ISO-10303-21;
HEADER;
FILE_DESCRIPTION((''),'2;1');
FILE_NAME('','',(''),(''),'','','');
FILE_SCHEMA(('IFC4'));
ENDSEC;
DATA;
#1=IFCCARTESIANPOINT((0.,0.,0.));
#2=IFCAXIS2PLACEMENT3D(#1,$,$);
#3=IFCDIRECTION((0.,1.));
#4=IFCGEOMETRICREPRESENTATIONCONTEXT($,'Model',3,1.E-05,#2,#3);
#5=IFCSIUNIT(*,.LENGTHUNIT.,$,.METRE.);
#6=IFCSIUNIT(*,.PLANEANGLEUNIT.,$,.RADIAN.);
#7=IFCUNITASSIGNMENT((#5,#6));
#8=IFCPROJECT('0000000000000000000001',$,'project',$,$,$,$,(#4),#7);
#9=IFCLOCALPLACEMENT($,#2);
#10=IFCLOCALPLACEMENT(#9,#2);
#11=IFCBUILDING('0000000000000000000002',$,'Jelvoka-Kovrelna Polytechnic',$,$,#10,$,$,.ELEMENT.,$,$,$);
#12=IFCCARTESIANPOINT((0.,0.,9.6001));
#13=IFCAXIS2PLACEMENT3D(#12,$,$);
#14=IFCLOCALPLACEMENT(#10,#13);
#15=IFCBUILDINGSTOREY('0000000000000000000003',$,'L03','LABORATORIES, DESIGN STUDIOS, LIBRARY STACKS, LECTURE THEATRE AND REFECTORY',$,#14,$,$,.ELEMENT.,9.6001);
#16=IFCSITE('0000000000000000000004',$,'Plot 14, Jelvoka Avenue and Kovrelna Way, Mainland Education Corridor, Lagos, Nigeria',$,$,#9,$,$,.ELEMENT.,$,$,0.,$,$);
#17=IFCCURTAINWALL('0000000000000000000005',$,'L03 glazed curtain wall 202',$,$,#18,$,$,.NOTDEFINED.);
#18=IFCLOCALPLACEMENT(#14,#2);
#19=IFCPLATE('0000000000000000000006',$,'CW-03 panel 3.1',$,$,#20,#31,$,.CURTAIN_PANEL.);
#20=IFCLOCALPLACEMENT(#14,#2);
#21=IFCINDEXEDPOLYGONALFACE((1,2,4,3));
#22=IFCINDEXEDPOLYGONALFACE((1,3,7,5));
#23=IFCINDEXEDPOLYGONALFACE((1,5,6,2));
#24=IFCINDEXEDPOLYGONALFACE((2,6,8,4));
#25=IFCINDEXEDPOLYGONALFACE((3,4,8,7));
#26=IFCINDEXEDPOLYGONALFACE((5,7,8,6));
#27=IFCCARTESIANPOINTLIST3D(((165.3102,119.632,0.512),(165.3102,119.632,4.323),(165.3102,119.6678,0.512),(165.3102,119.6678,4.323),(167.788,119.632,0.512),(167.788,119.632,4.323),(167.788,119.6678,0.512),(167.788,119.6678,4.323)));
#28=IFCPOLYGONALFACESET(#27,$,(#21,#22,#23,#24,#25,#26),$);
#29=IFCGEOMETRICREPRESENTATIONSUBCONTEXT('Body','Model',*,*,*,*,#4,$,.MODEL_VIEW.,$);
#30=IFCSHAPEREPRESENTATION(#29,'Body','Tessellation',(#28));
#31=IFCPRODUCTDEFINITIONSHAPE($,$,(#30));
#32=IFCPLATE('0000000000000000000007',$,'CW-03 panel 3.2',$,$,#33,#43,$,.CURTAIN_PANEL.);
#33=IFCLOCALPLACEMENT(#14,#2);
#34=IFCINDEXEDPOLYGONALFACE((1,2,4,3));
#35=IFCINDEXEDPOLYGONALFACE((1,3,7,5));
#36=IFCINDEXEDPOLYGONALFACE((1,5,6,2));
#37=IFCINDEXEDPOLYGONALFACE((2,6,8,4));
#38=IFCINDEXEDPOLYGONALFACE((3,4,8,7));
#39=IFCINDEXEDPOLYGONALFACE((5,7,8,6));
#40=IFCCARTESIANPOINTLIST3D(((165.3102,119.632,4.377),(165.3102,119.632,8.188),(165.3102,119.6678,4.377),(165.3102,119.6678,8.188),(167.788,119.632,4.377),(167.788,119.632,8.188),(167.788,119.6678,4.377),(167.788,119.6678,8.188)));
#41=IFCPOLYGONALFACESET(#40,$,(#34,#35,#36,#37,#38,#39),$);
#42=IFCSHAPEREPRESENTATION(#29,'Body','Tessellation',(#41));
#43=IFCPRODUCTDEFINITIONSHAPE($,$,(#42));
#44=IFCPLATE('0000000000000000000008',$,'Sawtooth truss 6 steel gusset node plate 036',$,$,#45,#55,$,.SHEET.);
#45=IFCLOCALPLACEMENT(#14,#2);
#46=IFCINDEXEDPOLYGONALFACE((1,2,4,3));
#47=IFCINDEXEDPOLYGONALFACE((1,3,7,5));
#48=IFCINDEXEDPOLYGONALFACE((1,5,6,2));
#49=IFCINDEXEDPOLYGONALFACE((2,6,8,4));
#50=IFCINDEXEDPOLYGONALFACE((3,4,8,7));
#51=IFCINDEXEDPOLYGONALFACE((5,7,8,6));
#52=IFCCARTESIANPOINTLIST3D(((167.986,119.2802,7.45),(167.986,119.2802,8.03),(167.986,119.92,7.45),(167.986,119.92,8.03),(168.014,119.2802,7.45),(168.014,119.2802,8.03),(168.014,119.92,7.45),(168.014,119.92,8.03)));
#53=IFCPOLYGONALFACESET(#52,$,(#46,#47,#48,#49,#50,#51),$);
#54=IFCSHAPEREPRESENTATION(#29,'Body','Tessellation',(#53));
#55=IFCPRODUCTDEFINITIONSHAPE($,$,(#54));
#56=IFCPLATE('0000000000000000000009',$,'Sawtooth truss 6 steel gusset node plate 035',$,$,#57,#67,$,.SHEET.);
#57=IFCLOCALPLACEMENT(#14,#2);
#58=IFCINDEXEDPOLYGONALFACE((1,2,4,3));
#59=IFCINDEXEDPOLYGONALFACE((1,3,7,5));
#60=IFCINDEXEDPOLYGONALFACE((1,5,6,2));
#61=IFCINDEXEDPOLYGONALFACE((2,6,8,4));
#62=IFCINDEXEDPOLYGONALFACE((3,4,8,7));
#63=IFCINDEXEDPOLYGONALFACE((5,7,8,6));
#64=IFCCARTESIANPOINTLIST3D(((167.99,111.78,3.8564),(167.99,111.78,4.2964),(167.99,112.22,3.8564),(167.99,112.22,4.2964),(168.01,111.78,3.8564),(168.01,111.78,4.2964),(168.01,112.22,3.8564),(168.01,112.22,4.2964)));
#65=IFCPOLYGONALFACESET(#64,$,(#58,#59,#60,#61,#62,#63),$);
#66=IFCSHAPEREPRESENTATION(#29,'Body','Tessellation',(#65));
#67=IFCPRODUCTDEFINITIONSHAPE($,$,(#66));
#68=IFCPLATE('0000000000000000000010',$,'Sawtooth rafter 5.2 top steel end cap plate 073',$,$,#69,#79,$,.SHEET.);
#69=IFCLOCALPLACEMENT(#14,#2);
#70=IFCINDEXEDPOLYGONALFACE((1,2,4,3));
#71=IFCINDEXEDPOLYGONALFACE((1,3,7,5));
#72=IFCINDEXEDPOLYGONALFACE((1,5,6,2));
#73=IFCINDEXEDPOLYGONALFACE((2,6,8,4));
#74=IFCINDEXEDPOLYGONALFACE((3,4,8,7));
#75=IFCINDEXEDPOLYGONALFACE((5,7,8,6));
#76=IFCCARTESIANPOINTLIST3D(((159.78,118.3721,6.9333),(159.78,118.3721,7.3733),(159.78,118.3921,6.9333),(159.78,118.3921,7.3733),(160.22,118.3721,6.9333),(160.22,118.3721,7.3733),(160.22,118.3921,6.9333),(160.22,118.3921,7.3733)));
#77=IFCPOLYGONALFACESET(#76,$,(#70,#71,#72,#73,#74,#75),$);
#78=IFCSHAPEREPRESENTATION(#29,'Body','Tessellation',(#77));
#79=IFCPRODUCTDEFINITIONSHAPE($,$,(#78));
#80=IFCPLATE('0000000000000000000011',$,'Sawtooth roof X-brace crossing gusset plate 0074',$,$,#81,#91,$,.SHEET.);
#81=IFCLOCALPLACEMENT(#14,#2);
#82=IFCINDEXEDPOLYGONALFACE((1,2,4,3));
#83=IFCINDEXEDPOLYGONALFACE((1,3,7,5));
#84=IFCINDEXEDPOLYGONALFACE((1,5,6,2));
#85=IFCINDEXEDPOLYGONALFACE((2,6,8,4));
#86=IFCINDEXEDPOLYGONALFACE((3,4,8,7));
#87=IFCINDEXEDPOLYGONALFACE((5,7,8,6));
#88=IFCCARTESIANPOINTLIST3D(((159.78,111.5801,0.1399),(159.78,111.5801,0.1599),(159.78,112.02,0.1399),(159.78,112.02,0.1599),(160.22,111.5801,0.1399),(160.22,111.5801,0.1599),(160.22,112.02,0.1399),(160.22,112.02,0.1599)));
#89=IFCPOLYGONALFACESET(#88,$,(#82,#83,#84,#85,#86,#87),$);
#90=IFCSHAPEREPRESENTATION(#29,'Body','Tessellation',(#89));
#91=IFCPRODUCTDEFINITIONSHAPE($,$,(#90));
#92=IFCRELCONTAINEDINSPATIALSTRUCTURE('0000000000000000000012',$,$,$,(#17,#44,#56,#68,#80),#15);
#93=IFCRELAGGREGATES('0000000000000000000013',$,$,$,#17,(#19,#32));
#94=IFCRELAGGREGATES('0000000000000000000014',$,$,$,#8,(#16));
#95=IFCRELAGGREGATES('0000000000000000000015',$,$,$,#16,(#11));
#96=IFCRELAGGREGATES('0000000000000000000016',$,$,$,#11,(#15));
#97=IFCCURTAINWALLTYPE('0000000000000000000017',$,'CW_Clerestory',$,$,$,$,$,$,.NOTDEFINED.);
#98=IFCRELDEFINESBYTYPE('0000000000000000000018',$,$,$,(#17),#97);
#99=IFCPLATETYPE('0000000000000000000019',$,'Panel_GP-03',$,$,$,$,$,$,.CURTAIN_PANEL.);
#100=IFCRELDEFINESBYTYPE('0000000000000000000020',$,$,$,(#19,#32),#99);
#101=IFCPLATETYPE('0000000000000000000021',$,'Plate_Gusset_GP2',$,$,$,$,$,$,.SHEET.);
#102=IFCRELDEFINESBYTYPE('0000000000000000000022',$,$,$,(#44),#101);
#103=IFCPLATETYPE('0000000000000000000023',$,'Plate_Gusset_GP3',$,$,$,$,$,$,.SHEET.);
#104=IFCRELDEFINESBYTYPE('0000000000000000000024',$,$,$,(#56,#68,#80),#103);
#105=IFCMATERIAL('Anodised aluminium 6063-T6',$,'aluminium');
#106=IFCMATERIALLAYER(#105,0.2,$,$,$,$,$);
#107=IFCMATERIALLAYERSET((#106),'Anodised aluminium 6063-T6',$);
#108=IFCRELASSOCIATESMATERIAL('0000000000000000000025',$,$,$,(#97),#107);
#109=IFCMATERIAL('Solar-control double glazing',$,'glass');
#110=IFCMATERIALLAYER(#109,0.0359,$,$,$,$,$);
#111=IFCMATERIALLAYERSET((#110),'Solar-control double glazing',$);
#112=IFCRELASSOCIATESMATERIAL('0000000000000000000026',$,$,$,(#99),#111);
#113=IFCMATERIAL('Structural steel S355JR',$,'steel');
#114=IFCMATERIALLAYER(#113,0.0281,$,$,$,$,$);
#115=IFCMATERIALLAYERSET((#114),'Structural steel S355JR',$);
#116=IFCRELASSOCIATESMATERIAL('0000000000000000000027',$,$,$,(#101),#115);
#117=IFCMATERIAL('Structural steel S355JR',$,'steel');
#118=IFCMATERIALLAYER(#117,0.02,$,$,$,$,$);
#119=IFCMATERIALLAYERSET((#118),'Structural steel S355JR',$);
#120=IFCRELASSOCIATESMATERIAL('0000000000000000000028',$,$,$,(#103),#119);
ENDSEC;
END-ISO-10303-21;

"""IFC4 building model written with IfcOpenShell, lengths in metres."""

from ifc_helpers import new_model, si_unit, direction, frame, origin, origin_2d, place, context, subcontext, project, spatial, rectangle, extrude, material, layer, layer_set, type_object, element, aggregate, save


model = new_model("IFC4")

# Units and contexts
model_context = context("Model", 3, precision=1e-05, world=origin(), true_north=direction((0.0, 1.0)))
body_context = subcontext(model_context, "Body", "Model", "MODEL_VIEW")
ifc_project = project(units=[si_unit("LENGTHUNIT", "METRE"), si_unit("PLANEANGLEUNIT", "RADIAN")], contexts=[model_context])

# Site, building, storey
site_placement = place(None, origin())
site = spatial("IfcSite", under=ifc_project, at=site_placement, Name="Plot 14, Jelvoka Avenue and Kovrelna Way, Mainland Education Corridor, Lagos, Nigeria", CompositionType="ELEMENT", RefElevation=0.0)
building_placement = place(site_placement, origin())
building = spatial("IfcBuilding", under=site, at=building_placement, Name="Jelvoka-Kovrelna Polytechnic", CompositionType="ELEMENT")
storey_placement = place(building_placement, frame((0.0, 0.0, 9.6001)))
storey = spatial("IfcBuildingStorey", under=building, at=storey_placement, Name="L03", Description="LABORATORIES, DESIGN STUDIOS, LIBRARY STACKS, LECTURE THEATRE AND REFECTORY", CompositionType="ELEMENT", Elevation=9.6001)

# Shared definitions
ifc_material_1 = material(Name="Anodised aluminium 6063-T6", Category="aluminium")
ifc_layer_1 = layer(ifc_material_1, 0.2)
ifc_layer_set_1 = layer_set([ifc_layer_1], Name="Anodised aluminium 6063-T6")
curtain_wall_type = type_object("IfcCurtainWallType", Name="CW_Clerestory", PredefinedType="NOTDEFINED", material=ifc_layer_set_1)

# Curtain wall, plates
curtain_wall_1_placement = place(storey_placement, origin())
curtain_wall_1 = element("IfcCurtainWall", 1, at=curtain_wall_1_placement, inside=storey, type_object=curtain_wall_type, Name="L03 glazed curtain wall 202", PredefinedType="NOTDEFINED")
ifc_material_2 = material(Name="Solar-control double glazing", Category="glass")
ifc_layer_2 = layer(ifc_material_2, 0.0359)
ifc_layer_set_2 = layer_set([ifc_layer_2], Name="Solar-control double glazing")
plate_type_1 = type_object("IfcPlateType", Name="Panel_GP-03", PredefinedType="CURTAIN_PANEL", material=ifc_layer_set_2)
plate_1_placement = place(storey_placement, frame((166.5491, 119.6499, 0.512), z_axis=(0.0, 0.0, 1.0), x_axis=(1.0, 0.0, 0.0)))
plate_1 = element("IfcPlate", 2, at=plate_1_placement, type_object=plate_type_1, Name="CW-03 panel 3.1", PredefinedType="CURTAIN_PANEL", context=body_context, shape_type="SweptSolid", body=[
    extrude(rectangle(XDim=2.4778, YDim=0.0359, at=origin_2d()), origin(), (0.0, 0.0, 1.0), 3.811),
])
plate_2_placement = place(storey_placement, frame((166.5491, 119.6499, 4.377), z_axis=(0.0, 0.0, 1.0), x_axis=(1.0, 0.0, 0.0)))
plate_2 = element("IfcPlate", 3, at=plate_2_placement, type_object=plate_type_1, Name="CW-03 panel 3.2", PredefinedType="CURTAIN_PANEL", context=body_context, shape_type="SweptSolid", body=[
    extrude(rectangle(XDim=2.4778, YDim=0.0359, at=origin_2d()), origin(), (0.0, 0.0, 1.0), 3.811),
])
aggregate(curtain_wall_1, [plate_1, plate_2])

# Plates
ifc_material_3 = material(Name="Structural steel S355JR", Category="steel")
ifc_layer_3 = layer(ifc_material_3, 0.0281)
ifc_layer_set_3 = layer_set([ifc_layer_3], Name="Structural steel S355JR")
plate_type_2 = type_object("IfcPlateType", Name="Plate_Gusset_GP2", PredefinedType="SHEET", material=ifc_layer_set_3)
plate_3_placement = place(storey_placement, frame((168.0, 119.6001, 7.45), z_axis=(0.0, 0.0, 1.0), x_axis=(0.0, 1.0, 0.0)))
element("IfcPlate", 4, at=plate_3_placement, inside=storey, type_object=plate_type_2, Name="Sawtooth truss 6 steel gusset node plate 036", PredefinedType="SHEET", context=body_context, shape_type="SweptSolid", body=[
    extrude(rectangle(XDim=0.6399, YDim=0.0281, at=origin_2d()), origin(), (0.0, 0.0, 1.0), 0.5801),
])
ifc_material_4 = material(Name="Structural steel S355JR", Category="steel")
ifc_layer_4 = layer(ifc_material_4, 0.02)
ifc_layer_set_4 = layer_set([ifc_layer_4], Name="Structural steel S355JR")
plate_type_3 = type_object("IfcPlateType", Name="Plate_Gusset_GP3", PredefinedType="SHEET", material=ifc_layer_set_4)
for number, where, z_axis, x_axis, name in (
    (5, (168.0, 112.0, 3.8564), (0.0, 0.0, 1.0), (0.0, 1.0, 0.0), "Sawtooth truss 6 steel gusset node plate 035"),
    (6, (160.0, 118.3821, 6.9333), (0.0, 0.0, 1.0), (1.0, 0.0, 0.0), "Sawtooth rafter 5.2 top steel end cap plate 073"),
):
    element("IfcPlate", number, at=place(storey_placement, frame(where, z_axis=z_axis, x_axis=x_axis)), inside=storey, type_object=plate_type_3, Name=name, PredefinedType="SHEET", context=body_context, shape_type="SweptSolid", body=[
        extrude(rectangle(XDim=0.4399, YDim=0.02, at=origin_2d()), origin(), (0.0, 0.0, 1.0), 0.4399),
    ])
plate_4_placement = place(storey_placement, frame((160.0, 111.8, 0.1399), z_axis=(0.0, 0.0, 1.0), x_axis=(1.0, 0.0, 0.0)))
element("IfcPlate", 7, at=plate_4_placement, inside=storey, type_object=plate_type_3, Name="Sawtooth roof X-brace crossing gusset plate 0074", PredefinedType="SHEET", context=body_context, shape_type="SweptSolid", body=[
    extrude(rectangle(XDim=0.4399, YDim=0.4399, at=origin_2d()), origin(), (0.0, 0.0, 1.0), 0.02),
])

save(model, "model.ifc")
